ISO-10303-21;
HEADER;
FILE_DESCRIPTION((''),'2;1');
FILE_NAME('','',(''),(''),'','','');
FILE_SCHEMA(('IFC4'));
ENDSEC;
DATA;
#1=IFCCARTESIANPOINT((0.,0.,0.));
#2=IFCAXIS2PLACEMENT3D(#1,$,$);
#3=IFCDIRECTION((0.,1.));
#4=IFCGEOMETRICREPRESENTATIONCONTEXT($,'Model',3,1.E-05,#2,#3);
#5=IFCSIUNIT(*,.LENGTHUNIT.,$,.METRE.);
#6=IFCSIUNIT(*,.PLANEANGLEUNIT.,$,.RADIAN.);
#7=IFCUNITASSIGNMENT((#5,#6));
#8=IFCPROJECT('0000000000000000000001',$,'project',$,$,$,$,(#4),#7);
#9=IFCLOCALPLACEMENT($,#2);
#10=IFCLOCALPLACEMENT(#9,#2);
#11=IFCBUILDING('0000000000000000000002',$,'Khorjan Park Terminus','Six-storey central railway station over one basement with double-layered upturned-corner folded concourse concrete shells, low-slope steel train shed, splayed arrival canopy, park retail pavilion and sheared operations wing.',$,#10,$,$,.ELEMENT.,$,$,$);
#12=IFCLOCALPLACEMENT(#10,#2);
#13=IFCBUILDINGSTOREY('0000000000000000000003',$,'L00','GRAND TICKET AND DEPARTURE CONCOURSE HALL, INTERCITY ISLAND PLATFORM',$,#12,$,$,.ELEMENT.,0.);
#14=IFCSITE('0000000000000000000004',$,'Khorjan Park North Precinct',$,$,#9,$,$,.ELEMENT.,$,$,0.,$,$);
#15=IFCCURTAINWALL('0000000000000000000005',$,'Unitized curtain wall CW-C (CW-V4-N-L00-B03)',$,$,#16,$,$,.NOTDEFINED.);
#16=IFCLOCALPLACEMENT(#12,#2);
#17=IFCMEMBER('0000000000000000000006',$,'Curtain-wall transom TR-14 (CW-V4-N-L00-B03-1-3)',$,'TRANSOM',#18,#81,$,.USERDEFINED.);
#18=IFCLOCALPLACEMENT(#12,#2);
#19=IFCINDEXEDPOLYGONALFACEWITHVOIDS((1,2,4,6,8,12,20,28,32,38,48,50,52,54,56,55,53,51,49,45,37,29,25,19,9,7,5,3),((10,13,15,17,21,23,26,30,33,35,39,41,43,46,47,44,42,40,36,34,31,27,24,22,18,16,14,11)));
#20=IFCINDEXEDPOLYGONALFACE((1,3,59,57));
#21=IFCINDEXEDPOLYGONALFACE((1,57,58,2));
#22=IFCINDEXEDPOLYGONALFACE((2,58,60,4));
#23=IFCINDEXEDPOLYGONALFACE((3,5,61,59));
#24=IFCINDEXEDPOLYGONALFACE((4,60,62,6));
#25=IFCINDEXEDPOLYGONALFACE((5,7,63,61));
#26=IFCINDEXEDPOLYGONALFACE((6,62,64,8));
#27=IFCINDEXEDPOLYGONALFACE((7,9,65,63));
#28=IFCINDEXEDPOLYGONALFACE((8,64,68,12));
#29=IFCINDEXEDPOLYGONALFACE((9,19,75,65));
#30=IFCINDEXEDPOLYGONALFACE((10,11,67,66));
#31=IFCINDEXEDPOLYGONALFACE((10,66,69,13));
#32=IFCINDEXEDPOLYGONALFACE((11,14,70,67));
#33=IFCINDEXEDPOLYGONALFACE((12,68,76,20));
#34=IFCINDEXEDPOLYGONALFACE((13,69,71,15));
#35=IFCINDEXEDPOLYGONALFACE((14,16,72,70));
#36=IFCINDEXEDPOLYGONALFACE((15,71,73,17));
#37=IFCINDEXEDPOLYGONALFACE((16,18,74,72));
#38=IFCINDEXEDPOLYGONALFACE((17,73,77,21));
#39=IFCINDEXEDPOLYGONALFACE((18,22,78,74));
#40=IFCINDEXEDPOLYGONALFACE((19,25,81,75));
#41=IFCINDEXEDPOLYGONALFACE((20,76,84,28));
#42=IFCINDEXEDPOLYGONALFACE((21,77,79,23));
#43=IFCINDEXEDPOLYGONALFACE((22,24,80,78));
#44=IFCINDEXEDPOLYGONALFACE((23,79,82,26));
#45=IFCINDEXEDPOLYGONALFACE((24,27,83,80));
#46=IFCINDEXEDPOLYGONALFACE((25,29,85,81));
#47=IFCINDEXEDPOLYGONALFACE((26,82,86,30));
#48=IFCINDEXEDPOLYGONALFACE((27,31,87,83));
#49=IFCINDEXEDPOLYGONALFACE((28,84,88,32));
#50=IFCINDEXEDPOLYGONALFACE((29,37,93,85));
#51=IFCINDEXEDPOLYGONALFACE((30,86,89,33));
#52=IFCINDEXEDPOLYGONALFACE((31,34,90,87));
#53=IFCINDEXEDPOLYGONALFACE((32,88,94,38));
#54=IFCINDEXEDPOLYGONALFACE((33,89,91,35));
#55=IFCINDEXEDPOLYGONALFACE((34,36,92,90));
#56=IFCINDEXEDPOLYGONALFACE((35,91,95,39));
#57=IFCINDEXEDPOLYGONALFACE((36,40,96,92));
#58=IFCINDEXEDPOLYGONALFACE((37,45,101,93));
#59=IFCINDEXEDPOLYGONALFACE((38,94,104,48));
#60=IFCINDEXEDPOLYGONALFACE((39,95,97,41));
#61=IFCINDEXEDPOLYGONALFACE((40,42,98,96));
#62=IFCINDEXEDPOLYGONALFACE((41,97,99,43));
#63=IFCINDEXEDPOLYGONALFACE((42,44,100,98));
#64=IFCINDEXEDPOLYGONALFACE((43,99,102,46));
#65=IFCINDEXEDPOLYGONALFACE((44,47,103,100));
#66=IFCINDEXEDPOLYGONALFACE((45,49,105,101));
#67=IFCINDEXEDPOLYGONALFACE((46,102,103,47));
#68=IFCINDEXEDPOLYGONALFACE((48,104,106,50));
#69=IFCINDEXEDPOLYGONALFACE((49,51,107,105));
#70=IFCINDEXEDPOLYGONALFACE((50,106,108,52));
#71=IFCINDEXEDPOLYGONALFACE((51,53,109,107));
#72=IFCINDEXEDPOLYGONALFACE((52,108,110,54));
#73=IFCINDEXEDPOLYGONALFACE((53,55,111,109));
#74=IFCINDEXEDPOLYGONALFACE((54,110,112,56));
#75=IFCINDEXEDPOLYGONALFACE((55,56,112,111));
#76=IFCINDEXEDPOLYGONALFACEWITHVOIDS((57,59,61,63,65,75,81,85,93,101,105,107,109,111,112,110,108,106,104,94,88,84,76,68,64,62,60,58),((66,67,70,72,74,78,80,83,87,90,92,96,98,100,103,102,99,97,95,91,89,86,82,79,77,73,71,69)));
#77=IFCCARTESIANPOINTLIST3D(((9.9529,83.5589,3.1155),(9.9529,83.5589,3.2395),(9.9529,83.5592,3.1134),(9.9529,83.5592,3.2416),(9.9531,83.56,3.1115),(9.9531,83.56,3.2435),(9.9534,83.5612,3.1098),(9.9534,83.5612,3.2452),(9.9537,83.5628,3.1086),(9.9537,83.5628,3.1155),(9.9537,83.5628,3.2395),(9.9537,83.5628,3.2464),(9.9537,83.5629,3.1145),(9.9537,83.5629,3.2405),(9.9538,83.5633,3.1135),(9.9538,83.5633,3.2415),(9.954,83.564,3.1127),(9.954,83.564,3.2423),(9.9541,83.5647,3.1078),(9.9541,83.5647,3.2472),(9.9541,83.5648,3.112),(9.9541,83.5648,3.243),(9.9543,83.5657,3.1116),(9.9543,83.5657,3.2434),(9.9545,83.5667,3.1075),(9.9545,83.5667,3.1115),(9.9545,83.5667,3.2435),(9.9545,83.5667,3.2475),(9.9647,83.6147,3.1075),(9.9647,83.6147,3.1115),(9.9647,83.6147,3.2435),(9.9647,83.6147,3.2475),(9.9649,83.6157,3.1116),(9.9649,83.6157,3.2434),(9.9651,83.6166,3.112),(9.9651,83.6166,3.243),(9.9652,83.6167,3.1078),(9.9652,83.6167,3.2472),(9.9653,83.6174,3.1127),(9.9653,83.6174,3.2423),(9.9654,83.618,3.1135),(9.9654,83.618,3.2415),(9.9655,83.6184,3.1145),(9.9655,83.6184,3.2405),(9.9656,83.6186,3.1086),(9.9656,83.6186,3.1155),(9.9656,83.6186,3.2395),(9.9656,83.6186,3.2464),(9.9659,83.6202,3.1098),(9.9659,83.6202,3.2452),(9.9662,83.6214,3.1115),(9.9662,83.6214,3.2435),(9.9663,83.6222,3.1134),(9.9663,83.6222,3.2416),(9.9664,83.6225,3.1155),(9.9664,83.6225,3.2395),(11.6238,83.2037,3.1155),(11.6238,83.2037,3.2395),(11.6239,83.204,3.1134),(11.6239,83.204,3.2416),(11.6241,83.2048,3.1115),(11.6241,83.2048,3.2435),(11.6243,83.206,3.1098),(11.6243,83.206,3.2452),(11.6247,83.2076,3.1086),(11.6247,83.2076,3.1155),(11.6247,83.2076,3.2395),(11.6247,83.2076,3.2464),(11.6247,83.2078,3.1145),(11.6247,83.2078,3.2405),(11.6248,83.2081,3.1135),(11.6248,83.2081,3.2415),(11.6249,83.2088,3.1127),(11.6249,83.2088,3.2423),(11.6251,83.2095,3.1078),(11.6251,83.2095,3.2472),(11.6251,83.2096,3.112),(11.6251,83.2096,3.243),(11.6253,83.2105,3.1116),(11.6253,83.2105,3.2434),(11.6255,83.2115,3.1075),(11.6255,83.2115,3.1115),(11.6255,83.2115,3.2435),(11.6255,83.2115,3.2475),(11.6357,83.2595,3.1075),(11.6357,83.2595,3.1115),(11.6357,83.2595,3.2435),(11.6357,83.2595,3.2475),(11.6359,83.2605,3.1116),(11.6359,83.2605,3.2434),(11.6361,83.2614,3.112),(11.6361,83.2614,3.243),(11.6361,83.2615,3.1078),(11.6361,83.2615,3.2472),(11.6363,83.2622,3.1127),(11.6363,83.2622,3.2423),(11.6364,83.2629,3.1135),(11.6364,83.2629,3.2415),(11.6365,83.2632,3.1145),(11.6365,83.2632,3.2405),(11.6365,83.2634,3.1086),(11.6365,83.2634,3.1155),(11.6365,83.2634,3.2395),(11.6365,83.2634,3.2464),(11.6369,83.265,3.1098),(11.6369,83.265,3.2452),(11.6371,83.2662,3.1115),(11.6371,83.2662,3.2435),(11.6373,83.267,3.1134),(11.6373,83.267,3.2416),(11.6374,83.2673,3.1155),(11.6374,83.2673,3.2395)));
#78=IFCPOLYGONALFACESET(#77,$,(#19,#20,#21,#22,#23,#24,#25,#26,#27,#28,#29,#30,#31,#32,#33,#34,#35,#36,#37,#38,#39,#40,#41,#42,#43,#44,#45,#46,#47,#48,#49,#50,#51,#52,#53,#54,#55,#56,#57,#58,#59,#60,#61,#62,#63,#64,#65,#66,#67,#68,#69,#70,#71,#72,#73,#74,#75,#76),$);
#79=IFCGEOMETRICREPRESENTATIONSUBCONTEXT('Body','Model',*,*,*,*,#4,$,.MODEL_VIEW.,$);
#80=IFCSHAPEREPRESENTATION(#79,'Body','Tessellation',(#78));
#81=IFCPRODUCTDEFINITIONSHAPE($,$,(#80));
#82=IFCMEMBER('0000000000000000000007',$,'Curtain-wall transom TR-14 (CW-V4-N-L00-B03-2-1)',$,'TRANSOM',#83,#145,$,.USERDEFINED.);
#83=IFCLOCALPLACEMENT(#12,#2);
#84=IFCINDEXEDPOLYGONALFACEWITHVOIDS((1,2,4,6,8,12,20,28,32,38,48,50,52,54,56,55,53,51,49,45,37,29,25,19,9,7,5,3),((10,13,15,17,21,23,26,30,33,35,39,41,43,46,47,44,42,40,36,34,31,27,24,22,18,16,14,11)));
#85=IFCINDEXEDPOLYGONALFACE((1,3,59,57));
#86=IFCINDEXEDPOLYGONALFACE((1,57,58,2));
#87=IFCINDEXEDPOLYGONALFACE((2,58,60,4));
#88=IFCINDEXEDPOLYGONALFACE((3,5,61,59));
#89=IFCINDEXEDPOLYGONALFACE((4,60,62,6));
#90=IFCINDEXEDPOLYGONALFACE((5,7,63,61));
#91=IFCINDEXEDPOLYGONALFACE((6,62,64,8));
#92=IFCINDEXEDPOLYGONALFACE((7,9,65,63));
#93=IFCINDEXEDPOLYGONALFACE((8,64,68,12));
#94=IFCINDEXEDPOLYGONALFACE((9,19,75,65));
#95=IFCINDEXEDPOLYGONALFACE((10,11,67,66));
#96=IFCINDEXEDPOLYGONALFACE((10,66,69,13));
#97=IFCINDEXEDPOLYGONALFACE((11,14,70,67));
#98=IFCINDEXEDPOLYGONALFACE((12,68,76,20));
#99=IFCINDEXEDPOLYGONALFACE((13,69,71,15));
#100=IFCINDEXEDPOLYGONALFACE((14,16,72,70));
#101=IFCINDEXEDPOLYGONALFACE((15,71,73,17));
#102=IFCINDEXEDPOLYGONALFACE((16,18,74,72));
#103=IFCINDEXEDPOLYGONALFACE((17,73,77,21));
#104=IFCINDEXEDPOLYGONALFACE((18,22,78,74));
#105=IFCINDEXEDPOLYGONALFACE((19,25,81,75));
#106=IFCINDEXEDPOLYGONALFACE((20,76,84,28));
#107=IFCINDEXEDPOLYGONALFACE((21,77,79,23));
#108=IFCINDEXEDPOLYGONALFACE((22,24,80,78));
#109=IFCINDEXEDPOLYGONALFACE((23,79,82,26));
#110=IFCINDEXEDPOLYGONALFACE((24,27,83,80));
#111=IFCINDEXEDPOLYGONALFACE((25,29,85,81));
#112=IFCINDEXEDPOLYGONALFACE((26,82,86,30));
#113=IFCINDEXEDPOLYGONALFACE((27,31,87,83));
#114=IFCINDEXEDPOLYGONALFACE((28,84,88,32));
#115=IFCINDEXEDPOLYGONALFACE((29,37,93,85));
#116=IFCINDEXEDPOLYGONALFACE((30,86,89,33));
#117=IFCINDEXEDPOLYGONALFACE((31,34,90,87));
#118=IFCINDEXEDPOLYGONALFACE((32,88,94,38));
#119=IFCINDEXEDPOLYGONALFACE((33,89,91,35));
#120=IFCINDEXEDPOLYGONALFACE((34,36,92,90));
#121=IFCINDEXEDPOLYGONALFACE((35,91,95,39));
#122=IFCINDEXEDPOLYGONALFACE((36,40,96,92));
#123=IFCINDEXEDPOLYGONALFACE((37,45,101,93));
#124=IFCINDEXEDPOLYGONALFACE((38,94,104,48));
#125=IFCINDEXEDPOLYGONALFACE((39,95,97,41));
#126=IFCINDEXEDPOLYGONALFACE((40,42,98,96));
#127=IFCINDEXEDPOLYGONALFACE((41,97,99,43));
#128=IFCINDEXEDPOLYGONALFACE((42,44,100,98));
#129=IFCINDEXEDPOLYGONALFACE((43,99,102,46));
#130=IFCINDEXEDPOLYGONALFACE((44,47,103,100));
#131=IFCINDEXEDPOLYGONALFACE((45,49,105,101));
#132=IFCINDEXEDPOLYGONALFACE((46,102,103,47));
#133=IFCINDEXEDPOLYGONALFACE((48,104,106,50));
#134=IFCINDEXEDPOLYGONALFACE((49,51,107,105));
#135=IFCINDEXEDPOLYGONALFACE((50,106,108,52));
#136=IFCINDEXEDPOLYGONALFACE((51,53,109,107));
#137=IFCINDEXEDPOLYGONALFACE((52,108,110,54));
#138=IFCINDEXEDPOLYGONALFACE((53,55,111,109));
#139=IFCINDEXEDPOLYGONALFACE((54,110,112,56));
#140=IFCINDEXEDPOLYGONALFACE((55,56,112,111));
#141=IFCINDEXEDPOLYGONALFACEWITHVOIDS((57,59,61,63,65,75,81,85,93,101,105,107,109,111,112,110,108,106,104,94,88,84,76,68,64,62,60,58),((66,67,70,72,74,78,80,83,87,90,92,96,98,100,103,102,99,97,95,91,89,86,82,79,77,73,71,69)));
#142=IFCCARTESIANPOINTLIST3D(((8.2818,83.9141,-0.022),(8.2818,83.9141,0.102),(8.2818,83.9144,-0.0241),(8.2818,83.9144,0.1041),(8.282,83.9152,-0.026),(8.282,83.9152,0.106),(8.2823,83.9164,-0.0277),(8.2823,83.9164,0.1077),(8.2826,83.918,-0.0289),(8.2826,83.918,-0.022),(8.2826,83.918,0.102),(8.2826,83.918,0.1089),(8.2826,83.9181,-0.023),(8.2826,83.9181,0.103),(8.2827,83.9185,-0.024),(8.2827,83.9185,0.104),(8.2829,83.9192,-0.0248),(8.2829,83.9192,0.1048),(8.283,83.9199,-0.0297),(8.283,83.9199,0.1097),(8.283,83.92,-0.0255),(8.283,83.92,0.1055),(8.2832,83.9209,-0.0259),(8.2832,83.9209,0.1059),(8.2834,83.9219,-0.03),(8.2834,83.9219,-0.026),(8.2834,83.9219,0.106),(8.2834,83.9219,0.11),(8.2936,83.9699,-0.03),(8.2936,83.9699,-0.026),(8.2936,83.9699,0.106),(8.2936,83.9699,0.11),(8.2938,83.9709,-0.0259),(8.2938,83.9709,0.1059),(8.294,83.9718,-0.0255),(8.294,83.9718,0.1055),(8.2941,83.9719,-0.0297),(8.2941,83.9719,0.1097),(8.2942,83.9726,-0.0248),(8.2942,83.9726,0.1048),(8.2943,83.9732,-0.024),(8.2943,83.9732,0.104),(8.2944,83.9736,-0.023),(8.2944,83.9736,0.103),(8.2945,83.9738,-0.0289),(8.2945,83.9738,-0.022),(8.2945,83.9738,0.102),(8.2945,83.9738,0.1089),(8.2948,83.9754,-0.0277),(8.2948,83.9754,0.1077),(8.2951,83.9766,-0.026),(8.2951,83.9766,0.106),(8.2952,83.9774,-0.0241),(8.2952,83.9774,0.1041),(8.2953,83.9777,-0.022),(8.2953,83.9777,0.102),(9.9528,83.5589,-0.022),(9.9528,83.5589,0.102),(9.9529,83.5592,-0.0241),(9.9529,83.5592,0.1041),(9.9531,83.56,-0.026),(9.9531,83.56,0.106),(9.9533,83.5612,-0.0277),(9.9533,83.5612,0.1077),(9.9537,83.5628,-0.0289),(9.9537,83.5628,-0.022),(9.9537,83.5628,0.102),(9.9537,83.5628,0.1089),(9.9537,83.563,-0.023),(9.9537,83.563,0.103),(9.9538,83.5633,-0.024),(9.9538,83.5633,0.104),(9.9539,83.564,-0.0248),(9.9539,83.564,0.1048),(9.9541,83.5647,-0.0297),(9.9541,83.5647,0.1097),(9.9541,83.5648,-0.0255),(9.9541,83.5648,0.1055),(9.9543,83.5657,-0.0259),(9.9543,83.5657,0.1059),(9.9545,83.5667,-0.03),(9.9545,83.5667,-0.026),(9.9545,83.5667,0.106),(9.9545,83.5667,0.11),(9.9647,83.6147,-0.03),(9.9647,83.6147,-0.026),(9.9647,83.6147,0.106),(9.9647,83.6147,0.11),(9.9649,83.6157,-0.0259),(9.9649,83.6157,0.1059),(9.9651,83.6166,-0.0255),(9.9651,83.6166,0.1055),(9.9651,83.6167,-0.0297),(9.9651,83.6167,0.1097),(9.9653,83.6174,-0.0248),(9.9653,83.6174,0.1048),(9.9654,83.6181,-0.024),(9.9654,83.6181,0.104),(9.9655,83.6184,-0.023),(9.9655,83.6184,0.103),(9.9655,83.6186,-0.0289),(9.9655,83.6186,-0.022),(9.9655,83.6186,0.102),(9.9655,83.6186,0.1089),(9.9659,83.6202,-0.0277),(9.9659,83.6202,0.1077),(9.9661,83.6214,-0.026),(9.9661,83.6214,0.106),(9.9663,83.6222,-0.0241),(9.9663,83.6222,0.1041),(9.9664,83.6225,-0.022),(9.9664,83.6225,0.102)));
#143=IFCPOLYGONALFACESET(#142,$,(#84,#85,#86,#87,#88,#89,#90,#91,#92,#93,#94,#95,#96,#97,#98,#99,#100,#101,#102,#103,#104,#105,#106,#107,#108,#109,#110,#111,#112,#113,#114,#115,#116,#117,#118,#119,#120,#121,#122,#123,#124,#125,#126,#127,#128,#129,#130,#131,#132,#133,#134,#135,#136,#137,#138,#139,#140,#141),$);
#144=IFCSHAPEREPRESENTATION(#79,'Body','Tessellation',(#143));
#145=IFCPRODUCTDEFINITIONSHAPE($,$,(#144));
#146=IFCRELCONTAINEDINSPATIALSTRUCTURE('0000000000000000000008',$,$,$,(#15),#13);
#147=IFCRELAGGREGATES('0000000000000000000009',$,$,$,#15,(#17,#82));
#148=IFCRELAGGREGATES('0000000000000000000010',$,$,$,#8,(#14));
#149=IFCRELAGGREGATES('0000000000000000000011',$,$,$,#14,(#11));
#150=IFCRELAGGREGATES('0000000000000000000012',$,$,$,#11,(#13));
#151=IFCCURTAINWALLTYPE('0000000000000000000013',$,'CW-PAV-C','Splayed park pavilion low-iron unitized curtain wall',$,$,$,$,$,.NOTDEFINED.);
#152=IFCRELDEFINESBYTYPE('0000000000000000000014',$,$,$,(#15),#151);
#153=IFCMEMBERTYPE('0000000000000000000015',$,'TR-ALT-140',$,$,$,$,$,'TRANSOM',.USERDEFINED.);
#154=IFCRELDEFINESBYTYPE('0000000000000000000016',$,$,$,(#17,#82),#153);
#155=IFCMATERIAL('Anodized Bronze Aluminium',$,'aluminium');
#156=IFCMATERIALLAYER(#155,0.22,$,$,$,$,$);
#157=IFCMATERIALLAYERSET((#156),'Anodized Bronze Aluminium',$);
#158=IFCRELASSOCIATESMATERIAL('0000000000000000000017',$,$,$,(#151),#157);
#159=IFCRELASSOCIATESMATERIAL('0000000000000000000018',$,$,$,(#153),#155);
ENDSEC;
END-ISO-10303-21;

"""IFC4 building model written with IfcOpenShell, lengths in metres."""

from ifc_helpers import new_model, si_unit, direction, frame, origin, origin_2d, place, context, subcontext, project, spatial, hollow_rectangle, extrude, material, layer, layer_set, material_profile, profile_set, type_object, element, aggregate, save


model = new_model("IFC4")

# Units and contexts
model_context = context("Model", 3, precision=1e-05, world=origin(), true_north=direction((0.0, 1.0)))
body_context = subcontext(model_context, "Body", "Model", "MODEL_VIEW")
ifc_project = project(units=[si_unit("LENGTHUNIT", "METRE"), si_unit("PLANEANGLEUNIT", "RADIAN")], contexts=[model_context])

# Site, building, storey
site_placement = place(None, origin())
site = spatial("IfcSite", under=ifc_project, at=site_placement, Name="Khorjan Park North Precinct", CompositionType="ELEMENT", RefElevation=0.0)
building_placement = place(site_placement, origin())
building = spatial("IfcBuilding", under=site, at=building_placement, Name="Khorjan Park Terminus", Description="Six-storey central railway station over one basement with double-layered upturned-corner folded concourse concrete shells, low-slope steel train shed, splayed arrival canopy, park retail pavilion and sheared operations wing.", CompositionType="ELEMENT")
storey_placement = place(building_placement, origin())
storey = spatial("IfcBuildingStorey", under=building, at=storey_placement, Name="L00", Description="GRAND TICKET AND DEPARTURE CONCOURSE HALL, INTERCITY ISLAND PLATFORM", CompositionType="ELEMENT", Elevation=0.0)

# Curtain wall, members
ifc_material_1 = material(Name="Anodized Bronze Aluminium", Category="aluminium")
ifc_layer_1 = layer(ifc_material_1, 0.22)
ifc_layer_set_1 = layer_set([ifc_layer_1], Name="Anodized Bronze Aluminium")
curtain_wall_type = type_object("IfcCurtainWallType", Name="CW-PAV-C", Description="Splayed park pavilion low-iron unitized curtain wall", PredefinedType="NOTDEFINED", material=ifc_layer_set_1)
curtain_wall_placement = place(storey_placement, origin())
curtain_wall = element("IfcCurtainWall", 1, at=curtain_wall_placement, inside=storey, type_object=curtain_wall_type, Name="Unitized curtain wall CW-C (CW-V4-N-L00-B03)", PredefinedType="NOTDEFINED")
ifc_material_profile_1 = material_profile(ifc_material_1, hollow_rectangle(XDim=0.065, YDim=0.14, WallThickness=0.004, InnerFilletRadius=0.004, OuterFilletRadius=0.008, at=origin_2d()), Name="ALT 65x140x4")
ifc_profile_set_1 = profile_set([ifc_material_profile_1], Name="Anodized Bronze Aluminium")
member_type_1 = type_object("IfcMemberType", Name="TR-ALT-140", ElementType="TRANSOM", PredefinedType="USERDEFINED", material=ifc_profile_set_1)
member_1_placement = place(storey_placement, frame((11.6306, 83.2355, 3.1775), z_axis=(-0.978145, 0.207922, 0.0), x_axis=(-0.207922, -0.978145, 0.0)))
member_1 = element("IfcMember", 2, at=member_1_placement, type_object=member_type_1, Name="Curtain-wall transom TR-14 (CW-V4-N-L00-B03-1-3)", ObjectType="TRANSOM", PredefinedType="USERDEFINED", context=body_context, shape_type="SweptSolid", body=[
    extrude(hollow_rectangle(XDim=0.065, YDim=0.14, WallThickness=0.004, InnerFilletRadius=0.004, OuterFilletRadius=0.008, at=origin_2d()), origin(), (0.0, 0.0, 1.0), 1.7083),
])
member_2_placement = place(storey_placement, frame((9.9596, 83.5907, 0.04), z_axis=(-0.978148, 0.20791, 0.0), x_axis=(-0.20791, -0.978148, 0.0)))
member_2 = element("IfcMember", 3, at=member_2_placement, type_object=member_type_1, Name="Curtain-wall transom TR-14 (CW-V4-N-L00-B03-2-1)", ObjectType="TRANSOM", PredefinedType="USERDEFINED", context=body_context, shape_type="SweptSolid", body=[
    extrude(hollow_rectangle(XDim=0.065, YDim=0.14, WallThickness=0.004, InnerFilletRadius=0.004, OuterFilletRadius=0.008, at=origin_2d()), origin(), (0.0, 0.0, 1.0), 1.7084),
])
aggregate(curtain_wall, [member_1, member_2])

save(model, "model.ifc")
